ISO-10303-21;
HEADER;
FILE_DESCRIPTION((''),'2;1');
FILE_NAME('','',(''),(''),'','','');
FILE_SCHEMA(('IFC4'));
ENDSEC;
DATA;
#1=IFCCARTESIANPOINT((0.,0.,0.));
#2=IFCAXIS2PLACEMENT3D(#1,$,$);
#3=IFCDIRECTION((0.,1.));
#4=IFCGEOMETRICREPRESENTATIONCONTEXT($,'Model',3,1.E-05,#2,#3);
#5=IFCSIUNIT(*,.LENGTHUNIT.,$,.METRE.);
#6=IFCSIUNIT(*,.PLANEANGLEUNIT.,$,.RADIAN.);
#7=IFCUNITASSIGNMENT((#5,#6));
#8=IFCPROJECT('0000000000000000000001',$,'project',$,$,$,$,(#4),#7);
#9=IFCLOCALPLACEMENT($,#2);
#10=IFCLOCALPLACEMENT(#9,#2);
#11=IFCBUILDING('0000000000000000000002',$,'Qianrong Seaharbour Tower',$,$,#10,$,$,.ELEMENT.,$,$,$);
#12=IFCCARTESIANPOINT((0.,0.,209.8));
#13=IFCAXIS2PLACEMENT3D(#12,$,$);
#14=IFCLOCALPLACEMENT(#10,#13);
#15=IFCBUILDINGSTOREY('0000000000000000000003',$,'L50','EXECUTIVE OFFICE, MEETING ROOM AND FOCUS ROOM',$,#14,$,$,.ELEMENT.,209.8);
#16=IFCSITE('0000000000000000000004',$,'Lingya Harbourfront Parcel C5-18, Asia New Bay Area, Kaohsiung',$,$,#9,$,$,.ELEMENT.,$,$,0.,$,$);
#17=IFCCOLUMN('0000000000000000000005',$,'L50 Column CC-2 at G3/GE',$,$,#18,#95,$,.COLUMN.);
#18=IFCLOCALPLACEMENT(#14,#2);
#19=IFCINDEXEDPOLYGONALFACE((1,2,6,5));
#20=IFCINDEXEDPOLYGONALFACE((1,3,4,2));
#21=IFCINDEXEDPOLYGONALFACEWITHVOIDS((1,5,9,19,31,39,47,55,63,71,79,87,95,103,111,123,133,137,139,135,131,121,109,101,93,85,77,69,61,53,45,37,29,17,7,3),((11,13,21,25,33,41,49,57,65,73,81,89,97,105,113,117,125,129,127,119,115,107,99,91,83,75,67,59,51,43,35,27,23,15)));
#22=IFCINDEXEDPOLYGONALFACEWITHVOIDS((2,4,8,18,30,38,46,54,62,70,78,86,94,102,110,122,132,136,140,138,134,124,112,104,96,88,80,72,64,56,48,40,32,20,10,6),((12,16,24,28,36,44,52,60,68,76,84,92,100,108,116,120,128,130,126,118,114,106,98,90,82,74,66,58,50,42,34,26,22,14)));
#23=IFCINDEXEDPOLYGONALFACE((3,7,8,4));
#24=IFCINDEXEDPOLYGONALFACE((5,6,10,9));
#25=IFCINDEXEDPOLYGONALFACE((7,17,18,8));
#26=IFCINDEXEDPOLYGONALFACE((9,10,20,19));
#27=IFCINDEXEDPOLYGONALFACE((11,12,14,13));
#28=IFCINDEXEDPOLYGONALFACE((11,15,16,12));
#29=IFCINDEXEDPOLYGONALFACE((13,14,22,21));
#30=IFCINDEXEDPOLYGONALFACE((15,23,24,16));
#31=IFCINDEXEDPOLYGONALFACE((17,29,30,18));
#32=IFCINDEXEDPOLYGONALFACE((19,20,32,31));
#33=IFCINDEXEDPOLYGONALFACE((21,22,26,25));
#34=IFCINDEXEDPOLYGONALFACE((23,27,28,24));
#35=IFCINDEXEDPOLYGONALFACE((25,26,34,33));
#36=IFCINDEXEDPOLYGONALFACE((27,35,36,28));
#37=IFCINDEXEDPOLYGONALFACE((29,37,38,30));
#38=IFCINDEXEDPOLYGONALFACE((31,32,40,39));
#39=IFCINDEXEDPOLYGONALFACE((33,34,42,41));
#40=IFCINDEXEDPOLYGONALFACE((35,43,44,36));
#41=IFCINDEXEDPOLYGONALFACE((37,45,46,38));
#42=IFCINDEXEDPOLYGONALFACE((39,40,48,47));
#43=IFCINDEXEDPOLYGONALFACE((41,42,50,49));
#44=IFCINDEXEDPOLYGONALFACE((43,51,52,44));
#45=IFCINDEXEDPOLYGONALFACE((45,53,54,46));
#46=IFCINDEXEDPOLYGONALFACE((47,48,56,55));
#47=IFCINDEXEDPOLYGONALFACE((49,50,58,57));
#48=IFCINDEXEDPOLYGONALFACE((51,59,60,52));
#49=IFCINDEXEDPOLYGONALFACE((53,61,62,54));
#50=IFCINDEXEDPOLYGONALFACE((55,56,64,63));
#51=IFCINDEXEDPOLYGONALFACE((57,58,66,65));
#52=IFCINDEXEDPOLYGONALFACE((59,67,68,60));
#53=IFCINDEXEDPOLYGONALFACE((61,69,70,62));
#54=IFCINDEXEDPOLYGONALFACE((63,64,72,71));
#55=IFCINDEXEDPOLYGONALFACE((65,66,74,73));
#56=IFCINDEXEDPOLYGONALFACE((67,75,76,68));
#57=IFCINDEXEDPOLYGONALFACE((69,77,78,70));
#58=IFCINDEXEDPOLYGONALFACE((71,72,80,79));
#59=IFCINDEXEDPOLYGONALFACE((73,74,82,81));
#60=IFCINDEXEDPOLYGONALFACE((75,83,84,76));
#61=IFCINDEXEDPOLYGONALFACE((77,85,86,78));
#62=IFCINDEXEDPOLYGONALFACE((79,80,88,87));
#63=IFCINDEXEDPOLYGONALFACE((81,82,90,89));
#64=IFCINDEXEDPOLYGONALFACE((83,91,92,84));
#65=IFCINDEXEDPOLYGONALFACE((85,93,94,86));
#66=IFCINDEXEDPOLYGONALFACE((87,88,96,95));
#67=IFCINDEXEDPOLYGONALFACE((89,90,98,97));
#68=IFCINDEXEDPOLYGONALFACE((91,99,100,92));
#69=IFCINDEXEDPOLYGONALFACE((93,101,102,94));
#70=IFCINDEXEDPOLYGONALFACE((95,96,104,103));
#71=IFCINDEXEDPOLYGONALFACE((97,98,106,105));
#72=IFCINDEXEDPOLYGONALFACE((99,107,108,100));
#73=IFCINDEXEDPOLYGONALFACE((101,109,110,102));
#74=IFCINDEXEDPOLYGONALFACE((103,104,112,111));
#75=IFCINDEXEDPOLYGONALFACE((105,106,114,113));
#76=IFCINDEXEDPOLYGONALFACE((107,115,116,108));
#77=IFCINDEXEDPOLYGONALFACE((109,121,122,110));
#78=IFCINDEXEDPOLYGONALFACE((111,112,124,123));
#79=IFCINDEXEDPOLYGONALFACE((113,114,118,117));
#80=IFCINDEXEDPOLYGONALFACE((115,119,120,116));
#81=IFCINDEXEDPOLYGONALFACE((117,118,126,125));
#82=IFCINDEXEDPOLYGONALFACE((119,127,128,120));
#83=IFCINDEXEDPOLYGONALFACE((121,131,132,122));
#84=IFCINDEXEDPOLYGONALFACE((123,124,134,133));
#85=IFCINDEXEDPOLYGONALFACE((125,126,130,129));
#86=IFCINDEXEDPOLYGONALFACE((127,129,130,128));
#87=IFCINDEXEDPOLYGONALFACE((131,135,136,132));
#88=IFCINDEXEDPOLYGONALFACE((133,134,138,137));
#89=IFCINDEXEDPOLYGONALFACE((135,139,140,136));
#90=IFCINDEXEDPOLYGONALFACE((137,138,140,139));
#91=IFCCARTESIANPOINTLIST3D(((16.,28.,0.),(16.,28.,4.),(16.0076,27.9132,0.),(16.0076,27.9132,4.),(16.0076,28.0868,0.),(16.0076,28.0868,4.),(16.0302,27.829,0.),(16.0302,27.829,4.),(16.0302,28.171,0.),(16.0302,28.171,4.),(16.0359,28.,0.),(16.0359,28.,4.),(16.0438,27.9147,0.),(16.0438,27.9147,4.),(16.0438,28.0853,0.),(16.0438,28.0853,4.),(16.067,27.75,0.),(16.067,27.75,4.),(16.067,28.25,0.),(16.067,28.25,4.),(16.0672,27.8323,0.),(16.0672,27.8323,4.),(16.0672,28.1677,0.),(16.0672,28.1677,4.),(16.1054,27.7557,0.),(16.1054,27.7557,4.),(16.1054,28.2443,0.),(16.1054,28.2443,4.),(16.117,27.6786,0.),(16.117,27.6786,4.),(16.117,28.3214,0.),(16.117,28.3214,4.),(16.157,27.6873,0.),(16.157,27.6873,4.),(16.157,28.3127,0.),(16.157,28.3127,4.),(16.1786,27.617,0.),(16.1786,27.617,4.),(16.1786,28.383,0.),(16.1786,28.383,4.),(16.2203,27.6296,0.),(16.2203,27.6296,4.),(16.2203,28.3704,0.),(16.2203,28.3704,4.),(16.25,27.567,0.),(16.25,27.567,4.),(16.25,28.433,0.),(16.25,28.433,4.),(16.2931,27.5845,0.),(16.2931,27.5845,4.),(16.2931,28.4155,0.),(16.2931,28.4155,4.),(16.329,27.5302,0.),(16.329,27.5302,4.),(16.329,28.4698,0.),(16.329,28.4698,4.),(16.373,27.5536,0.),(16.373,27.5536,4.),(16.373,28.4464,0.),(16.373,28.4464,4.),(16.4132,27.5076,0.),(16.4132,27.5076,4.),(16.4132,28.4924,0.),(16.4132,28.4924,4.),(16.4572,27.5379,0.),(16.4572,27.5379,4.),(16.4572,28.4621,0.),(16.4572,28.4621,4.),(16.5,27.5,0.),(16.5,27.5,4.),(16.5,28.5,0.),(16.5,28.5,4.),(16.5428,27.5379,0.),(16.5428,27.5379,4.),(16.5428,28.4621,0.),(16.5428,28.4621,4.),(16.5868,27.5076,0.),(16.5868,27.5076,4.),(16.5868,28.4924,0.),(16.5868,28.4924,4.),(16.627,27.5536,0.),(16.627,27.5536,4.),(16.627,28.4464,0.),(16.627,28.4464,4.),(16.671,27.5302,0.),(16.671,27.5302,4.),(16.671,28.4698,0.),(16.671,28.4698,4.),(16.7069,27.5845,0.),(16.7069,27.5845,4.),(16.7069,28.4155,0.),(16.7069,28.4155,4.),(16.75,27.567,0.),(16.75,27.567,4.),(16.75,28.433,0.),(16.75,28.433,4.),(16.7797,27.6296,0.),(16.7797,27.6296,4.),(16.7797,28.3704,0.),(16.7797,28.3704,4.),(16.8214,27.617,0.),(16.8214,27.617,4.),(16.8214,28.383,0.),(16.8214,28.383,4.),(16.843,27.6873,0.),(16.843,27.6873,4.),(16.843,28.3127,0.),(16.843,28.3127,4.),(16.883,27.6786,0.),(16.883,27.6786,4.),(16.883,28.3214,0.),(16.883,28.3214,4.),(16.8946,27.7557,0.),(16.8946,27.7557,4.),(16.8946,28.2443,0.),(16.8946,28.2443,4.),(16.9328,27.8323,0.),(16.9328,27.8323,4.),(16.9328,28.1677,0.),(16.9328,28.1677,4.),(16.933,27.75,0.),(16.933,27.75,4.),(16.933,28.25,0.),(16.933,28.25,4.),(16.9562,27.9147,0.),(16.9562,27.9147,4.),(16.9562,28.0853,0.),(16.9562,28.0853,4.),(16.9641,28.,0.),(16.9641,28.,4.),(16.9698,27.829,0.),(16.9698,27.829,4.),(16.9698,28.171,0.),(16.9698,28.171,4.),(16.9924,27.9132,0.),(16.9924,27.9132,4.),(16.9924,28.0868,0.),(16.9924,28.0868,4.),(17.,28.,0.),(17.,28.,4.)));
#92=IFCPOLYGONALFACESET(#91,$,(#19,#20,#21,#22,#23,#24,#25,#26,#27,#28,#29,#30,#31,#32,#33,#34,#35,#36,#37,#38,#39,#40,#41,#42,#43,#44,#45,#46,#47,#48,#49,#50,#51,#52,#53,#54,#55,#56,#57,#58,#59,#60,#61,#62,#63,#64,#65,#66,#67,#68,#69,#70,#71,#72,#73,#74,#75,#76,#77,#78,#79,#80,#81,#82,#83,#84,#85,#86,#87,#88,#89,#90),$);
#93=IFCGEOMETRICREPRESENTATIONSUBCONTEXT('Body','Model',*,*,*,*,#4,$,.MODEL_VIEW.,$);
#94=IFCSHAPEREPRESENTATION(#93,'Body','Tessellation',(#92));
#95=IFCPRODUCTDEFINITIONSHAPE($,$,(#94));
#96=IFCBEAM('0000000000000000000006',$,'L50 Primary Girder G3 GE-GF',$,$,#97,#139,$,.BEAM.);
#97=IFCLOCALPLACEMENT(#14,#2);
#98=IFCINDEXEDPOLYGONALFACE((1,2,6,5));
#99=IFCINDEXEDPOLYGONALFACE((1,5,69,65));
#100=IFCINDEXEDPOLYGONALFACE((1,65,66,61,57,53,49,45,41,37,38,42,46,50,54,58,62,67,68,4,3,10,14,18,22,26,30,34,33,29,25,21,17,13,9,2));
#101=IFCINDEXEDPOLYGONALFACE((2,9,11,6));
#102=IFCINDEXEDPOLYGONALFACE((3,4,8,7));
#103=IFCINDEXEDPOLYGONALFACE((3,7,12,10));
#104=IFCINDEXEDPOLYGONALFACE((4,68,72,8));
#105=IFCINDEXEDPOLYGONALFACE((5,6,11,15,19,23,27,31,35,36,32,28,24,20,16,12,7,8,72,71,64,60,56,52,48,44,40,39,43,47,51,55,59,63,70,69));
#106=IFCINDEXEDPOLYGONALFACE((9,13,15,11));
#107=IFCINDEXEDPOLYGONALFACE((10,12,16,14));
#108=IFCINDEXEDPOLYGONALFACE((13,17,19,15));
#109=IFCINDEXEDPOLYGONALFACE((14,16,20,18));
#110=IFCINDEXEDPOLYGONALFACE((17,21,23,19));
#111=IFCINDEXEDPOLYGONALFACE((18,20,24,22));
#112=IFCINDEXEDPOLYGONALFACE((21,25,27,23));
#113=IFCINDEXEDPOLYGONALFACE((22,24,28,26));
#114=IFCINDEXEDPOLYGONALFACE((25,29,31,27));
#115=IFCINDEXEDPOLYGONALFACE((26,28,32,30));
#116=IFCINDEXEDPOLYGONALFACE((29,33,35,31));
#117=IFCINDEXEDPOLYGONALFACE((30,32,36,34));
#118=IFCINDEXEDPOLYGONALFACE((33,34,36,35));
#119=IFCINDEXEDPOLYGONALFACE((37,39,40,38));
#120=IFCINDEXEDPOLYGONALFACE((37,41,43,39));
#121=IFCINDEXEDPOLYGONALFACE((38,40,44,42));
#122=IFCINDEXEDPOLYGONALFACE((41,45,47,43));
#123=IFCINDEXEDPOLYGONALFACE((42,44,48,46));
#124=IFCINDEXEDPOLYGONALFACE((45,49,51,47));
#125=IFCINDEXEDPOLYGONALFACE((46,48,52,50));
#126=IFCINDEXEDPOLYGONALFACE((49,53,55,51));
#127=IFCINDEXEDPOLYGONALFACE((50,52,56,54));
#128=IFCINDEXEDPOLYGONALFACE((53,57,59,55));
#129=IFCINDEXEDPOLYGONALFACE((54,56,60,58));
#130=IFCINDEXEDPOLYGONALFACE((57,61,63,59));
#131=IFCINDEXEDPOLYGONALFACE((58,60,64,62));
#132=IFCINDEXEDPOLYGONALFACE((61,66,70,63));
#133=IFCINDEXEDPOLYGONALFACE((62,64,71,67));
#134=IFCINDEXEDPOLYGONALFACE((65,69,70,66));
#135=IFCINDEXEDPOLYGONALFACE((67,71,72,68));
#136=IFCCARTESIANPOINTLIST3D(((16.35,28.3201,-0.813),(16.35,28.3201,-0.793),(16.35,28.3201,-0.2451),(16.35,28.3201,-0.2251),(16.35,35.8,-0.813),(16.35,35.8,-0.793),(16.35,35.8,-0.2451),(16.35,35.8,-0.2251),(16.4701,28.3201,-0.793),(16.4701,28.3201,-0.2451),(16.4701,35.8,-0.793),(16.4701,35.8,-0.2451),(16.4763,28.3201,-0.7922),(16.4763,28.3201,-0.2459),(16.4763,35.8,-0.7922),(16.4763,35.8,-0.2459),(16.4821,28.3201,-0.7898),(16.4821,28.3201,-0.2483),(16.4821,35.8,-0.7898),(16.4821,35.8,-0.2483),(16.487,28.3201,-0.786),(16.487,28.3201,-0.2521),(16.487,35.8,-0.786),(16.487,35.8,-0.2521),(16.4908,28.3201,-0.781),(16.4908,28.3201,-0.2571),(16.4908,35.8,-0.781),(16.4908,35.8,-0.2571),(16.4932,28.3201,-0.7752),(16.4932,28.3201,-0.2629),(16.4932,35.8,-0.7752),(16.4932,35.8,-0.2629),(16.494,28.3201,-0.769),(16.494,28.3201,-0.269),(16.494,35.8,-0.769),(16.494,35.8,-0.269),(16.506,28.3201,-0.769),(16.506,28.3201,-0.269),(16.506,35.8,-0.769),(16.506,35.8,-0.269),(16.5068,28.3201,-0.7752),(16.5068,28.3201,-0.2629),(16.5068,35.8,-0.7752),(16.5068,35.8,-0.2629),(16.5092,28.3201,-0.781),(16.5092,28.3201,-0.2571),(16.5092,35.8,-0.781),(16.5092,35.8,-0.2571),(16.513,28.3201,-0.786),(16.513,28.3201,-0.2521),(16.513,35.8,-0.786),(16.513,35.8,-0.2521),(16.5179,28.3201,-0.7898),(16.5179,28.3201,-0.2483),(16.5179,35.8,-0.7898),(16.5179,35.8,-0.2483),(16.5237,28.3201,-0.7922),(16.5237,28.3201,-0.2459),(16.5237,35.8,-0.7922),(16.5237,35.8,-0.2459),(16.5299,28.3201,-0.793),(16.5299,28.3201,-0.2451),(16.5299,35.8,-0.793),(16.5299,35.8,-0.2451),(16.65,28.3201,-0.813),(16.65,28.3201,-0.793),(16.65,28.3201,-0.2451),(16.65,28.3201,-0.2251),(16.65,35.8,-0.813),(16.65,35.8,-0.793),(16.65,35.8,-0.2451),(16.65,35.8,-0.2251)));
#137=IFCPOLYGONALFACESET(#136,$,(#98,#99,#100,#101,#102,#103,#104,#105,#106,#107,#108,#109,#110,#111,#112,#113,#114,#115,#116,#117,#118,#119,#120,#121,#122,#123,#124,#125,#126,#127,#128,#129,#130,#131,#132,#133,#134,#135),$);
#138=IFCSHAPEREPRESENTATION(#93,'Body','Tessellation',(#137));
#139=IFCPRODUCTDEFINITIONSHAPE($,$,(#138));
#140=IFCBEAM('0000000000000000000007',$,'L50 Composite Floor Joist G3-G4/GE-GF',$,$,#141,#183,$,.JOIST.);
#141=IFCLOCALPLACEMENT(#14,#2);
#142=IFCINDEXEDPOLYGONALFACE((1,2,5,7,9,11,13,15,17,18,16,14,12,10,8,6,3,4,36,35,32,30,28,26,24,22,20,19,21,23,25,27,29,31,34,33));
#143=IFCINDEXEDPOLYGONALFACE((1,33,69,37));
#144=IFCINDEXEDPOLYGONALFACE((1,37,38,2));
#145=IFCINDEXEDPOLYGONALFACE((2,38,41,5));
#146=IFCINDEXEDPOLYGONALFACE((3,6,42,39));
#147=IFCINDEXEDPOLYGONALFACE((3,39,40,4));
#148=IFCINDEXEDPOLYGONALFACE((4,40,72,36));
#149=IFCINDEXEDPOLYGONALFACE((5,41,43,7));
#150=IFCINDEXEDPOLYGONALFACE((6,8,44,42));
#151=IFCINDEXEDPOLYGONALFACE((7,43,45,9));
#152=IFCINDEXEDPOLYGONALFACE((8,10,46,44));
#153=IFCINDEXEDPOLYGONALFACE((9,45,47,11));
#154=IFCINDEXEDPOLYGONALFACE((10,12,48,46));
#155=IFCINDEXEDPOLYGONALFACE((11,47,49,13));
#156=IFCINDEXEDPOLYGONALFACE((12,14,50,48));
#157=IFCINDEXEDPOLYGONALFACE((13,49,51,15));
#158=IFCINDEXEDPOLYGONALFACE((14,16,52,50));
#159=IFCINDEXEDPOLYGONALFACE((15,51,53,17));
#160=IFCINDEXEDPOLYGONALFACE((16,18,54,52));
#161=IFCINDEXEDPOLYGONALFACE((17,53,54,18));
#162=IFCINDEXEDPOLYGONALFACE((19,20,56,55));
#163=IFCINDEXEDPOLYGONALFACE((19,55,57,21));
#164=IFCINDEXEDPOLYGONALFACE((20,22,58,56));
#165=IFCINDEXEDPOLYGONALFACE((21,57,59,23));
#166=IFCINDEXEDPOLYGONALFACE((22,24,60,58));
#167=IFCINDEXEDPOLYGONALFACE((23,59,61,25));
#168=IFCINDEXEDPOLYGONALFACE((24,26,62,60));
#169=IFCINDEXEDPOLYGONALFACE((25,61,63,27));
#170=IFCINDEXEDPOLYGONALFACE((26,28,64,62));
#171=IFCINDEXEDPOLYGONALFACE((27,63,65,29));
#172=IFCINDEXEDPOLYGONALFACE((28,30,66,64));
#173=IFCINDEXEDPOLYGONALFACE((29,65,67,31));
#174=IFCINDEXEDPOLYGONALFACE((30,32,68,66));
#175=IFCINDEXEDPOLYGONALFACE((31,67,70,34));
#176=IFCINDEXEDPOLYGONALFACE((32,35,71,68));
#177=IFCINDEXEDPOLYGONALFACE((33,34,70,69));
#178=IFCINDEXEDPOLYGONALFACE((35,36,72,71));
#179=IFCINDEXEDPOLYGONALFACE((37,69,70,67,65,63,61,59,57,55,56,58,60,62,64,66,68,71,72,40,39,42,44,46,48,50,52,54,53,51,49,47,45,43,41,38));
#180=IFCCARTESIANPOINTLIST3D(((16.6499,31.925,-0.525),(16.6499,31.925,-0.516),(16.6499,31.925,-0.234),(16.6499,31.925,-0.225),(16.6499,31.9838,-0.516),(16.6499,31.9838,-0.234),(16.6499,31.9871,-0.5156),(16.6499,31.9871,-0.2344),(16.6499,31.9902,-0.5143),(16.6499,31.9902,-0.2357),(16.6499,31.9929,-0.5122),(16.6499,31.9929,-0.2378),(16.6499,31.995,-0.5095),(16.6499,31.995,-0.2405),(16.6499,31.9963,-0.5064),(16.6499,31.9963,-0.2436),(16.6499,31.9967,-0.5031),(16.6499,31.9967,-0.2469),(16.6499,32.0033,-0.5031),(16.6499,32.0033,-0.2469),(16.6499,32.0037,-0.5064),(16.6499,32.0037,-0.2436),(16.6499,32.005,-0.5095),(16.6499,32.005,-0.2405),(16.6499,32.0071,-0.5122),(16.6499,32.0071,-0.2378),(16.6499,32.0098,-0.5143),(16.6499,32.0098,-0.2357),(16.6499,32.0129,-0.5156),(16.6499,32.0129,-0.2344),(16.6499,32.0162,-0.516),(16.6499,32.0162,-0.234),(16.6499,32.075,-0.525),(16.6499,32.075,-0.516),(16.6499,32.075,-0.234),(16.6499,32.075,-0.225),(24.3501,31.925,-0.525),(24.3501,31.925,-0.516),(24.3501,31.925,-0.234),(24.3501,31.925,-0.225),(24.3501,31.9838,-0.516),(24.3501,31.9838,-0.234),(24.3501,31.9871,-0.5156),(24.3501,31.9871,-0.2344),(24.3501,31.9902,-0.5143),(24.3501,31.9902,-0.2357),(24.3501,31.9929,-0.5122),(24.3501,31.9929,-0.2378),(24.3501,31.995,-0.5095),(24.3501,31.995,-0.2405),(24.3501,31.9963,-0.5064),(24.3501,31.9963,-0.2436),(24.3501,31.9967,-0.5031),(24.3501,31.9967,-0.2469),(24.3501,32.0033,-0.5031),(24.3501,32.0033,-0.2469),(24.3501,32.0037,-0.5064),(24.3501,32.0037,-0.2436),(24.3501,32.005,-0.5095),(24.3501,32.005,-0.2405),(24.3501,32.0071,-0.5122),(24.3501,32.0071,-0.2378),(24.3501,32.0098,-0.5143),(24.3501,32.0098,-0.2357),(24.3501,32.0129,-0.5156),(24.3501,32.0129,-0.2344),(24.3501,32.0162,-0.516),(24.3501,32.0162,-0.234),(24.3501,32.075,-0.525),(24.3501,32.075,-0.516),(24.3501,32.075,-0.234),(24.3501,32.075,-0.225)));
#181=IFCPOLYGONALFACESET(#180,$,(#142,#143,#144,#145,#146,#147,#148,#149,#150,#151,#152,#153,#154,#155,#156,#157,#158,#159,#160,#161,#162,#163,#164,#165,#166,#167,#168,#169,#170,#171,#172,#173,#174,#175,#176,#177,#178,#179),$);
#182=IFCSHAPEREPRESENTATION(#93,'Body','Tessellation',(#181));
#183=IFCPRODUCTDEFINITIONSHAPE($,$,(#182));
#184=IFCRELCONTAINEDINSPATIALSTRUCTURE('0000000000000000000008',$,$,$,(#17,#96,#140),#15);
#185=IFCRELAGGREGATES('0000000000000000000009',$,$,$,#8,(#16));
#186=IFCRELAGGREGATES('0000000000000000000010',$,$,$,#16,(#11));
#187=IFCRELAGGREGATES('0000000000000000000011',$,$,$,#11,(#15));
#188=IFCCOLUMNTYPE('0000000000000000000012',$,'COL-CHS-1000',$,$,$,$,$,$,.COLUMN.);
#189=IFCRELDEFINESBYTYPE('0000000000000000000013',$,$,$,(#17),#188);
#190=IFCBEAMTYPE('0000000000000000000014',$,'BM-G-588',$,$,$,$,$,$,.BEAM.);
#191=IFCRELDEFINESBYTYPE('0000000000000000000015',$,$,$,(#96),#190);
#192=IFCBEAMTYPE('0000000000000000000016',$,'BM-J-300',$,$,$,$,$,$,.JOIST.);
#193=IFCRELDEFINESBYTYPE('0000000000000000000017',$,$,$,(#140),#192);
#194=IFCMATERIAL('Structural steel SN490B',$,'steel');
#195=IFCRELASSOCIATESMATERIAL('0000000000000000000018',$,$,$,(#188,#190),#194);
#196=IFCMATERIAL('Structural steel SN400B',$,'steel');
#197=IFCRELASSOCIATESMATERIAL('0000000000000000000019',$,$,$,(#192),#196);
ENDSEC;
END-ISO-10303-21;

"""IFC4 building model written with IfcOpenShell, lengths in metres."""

from ifc_helpers import new_model, si_unit, direction, frame, origin, origin_2d, place, context, subcontext, project, spatial, hollow_circle, i_section, extrude, material, material_profile, profile_set, type_object, element, save


model = new_model("IFC4")

# Units and contexts
model_context = context("Model", 3, precision=1e-05, world=origin(), true_north=direction((0.0, 1.0)))
body_context = subcontext(model_context, "Body", "Model", "MODEL_VIEW")
ifc_project = project(units=[si_unit("LENGTHUNIT", "METRE"), si_unit("PLANEANGLEUNIT", "RADIAN")], contexts=[model_context])

# Site, building, storey
site_placement = place(None, origin())
site = spatial("IfcSite", under=ifc_project, at=site_placement, Name="Lingya Harbourfront Parcel C5-18, Asia New Bay Area, Kaohsiung", CompositionType="ELEMENT", RefElevation=0.0)
building_placement = place(site_placement, origin())
building = spatial("IfcBuilding", under=site, at=building_placement, Name="Qianrong Seaharbour Tower", CompositionType="ELEMENT")
storey_placement = place(building_placement, frame((0.0, 0.0, 209.8)))
storey = spatial("IfcBuildingStorey", under=building, at=storey_placement, Name="L50", Description="EXECUTIVE OFFICE, MEETING ROOM AND FOCUS ROOM", CompositionType="ELEMENT", Elevation=209.8)

# Column
ifc_material_1 = material(Name="Structural steel SN490B", Category="steel")
ifc_material_profile_1 = material_profile(ifc_material_1, hollow_circle(Radius=0.5, WallThickness=0.0359, at=origin_2d()), Name="CHS1000x36")
ifc_profile_set_1 = profile_set([ifc_material_profile_1], Name="Structural steel SN490B")
column_type = type_object("IfcColumnType", Name="COL-CHS-1000", PredefinedType="COLUMN", material=ifc_profile_set_1)
column_placement = place(storey_placement, frame((16.5, 28.0, 0.0), z_axis=(0.0, 0.0, 1.0), x_axis=(1.0, 0.0, 0.0)))
element("IfcColumn", 1, at=column_placement, inside=storey, type_object=column_type, Name="L50 Column CC-2 at G3/GE", PredefinedType="COLUMN", context=body_context, shape_type="SweptSolid", body=[
    extrude(hollow_circle(Radius=0.5, WallThickness=0.0359, at=origin_2d()), origin(), (0.0, 0.0, 1.0), 4.0),
])

# Beams
ifc_material_profile_2 = material_profile(ifc_material_1, i_section(OverallWidth=0.3, OverallDepth=0.5879, WebThickness=0.012, FlangeThickness=0.02, FilletRadius=0.0239, at=origin_2d()), Name="H588x300x12x20")
ifc_profile_set_2 = profile_set([ifc_material_profile_2], Name="Structural steel SN490B")
beam_type_1 = type_object("IfcBeamType", Name="BM-G-588", PredefinedType="BEAM", material=ifc_profile_set_2)
beam_1_placement = place(storey_placement, frame((16.5, 28.3201, -0.519), z_axis=(0.0, 1.0, 0.0), x_axis=(-1.0, 0.0, 0.0)))
element("IfcBeam", 2, at=beam_1_placement, inside=storey, type_object=beam_type_1, Name="L50 Primary Girder G3 GE-GF", PredefinedType="BEAM", context=body_context, shape_type="SweptSolid", body=[
    extrude(i_section(OverallWidth=0.3, OverallDepth=0.5879, WebThickness=0.012, FlangeThickness=0.02, FilletRadius=0.0239, at=origin_2d()), origin(), (0.0, 0.0, 1.0), 7.48),
])
ifc_material_2 = material(Name="Structural steel SN400B", Category="steel")
ifc_material_profile_3 = material_profile(ifc_material_2, i_section(OverallWidth=0.1499, OverallDepth=0.3, WebThickness=0.0066, FlangeThickness=0.009, FilletRadius=0.0129, at=origin_2d()), Name="H300x150x6.5x9")
ifc_profile_set_3 = profile_set([ifc_material_profile_3], Name="Structural steel SN400B")
beam_type_2 = type_object("IfcBeamType", Name="BM-J-300", PredefinedType="JOIST", material=ifc_profile_set_3)
beam_2_placement = place(storey_placement, frame((16.6499, 32.0, -0.375), z_axis=(1.0, 0.0, 0.0), x_axis=(0.0, 1.0, 0.0)))
element("IfcBeam", 3, at=beam_2_placement, inside=storey, type_object=beam_type_2, Name="L50 Composite Floor Joist G3-G4/GE-GF", PredefinedType="JOIST", context=body_context, shape_type="SweptSolid", body=[
    extrude(i_section(OverallWidth=0.1499, OverallDepth=0.3, WebThickness=0.0066, FlangeThickness=0.009, FilletRadius=0.0129, at=origin_2d()), origin(), (0.0, 0.0, 1.0), 7.7002),
])

save(model, "model.ifc")
